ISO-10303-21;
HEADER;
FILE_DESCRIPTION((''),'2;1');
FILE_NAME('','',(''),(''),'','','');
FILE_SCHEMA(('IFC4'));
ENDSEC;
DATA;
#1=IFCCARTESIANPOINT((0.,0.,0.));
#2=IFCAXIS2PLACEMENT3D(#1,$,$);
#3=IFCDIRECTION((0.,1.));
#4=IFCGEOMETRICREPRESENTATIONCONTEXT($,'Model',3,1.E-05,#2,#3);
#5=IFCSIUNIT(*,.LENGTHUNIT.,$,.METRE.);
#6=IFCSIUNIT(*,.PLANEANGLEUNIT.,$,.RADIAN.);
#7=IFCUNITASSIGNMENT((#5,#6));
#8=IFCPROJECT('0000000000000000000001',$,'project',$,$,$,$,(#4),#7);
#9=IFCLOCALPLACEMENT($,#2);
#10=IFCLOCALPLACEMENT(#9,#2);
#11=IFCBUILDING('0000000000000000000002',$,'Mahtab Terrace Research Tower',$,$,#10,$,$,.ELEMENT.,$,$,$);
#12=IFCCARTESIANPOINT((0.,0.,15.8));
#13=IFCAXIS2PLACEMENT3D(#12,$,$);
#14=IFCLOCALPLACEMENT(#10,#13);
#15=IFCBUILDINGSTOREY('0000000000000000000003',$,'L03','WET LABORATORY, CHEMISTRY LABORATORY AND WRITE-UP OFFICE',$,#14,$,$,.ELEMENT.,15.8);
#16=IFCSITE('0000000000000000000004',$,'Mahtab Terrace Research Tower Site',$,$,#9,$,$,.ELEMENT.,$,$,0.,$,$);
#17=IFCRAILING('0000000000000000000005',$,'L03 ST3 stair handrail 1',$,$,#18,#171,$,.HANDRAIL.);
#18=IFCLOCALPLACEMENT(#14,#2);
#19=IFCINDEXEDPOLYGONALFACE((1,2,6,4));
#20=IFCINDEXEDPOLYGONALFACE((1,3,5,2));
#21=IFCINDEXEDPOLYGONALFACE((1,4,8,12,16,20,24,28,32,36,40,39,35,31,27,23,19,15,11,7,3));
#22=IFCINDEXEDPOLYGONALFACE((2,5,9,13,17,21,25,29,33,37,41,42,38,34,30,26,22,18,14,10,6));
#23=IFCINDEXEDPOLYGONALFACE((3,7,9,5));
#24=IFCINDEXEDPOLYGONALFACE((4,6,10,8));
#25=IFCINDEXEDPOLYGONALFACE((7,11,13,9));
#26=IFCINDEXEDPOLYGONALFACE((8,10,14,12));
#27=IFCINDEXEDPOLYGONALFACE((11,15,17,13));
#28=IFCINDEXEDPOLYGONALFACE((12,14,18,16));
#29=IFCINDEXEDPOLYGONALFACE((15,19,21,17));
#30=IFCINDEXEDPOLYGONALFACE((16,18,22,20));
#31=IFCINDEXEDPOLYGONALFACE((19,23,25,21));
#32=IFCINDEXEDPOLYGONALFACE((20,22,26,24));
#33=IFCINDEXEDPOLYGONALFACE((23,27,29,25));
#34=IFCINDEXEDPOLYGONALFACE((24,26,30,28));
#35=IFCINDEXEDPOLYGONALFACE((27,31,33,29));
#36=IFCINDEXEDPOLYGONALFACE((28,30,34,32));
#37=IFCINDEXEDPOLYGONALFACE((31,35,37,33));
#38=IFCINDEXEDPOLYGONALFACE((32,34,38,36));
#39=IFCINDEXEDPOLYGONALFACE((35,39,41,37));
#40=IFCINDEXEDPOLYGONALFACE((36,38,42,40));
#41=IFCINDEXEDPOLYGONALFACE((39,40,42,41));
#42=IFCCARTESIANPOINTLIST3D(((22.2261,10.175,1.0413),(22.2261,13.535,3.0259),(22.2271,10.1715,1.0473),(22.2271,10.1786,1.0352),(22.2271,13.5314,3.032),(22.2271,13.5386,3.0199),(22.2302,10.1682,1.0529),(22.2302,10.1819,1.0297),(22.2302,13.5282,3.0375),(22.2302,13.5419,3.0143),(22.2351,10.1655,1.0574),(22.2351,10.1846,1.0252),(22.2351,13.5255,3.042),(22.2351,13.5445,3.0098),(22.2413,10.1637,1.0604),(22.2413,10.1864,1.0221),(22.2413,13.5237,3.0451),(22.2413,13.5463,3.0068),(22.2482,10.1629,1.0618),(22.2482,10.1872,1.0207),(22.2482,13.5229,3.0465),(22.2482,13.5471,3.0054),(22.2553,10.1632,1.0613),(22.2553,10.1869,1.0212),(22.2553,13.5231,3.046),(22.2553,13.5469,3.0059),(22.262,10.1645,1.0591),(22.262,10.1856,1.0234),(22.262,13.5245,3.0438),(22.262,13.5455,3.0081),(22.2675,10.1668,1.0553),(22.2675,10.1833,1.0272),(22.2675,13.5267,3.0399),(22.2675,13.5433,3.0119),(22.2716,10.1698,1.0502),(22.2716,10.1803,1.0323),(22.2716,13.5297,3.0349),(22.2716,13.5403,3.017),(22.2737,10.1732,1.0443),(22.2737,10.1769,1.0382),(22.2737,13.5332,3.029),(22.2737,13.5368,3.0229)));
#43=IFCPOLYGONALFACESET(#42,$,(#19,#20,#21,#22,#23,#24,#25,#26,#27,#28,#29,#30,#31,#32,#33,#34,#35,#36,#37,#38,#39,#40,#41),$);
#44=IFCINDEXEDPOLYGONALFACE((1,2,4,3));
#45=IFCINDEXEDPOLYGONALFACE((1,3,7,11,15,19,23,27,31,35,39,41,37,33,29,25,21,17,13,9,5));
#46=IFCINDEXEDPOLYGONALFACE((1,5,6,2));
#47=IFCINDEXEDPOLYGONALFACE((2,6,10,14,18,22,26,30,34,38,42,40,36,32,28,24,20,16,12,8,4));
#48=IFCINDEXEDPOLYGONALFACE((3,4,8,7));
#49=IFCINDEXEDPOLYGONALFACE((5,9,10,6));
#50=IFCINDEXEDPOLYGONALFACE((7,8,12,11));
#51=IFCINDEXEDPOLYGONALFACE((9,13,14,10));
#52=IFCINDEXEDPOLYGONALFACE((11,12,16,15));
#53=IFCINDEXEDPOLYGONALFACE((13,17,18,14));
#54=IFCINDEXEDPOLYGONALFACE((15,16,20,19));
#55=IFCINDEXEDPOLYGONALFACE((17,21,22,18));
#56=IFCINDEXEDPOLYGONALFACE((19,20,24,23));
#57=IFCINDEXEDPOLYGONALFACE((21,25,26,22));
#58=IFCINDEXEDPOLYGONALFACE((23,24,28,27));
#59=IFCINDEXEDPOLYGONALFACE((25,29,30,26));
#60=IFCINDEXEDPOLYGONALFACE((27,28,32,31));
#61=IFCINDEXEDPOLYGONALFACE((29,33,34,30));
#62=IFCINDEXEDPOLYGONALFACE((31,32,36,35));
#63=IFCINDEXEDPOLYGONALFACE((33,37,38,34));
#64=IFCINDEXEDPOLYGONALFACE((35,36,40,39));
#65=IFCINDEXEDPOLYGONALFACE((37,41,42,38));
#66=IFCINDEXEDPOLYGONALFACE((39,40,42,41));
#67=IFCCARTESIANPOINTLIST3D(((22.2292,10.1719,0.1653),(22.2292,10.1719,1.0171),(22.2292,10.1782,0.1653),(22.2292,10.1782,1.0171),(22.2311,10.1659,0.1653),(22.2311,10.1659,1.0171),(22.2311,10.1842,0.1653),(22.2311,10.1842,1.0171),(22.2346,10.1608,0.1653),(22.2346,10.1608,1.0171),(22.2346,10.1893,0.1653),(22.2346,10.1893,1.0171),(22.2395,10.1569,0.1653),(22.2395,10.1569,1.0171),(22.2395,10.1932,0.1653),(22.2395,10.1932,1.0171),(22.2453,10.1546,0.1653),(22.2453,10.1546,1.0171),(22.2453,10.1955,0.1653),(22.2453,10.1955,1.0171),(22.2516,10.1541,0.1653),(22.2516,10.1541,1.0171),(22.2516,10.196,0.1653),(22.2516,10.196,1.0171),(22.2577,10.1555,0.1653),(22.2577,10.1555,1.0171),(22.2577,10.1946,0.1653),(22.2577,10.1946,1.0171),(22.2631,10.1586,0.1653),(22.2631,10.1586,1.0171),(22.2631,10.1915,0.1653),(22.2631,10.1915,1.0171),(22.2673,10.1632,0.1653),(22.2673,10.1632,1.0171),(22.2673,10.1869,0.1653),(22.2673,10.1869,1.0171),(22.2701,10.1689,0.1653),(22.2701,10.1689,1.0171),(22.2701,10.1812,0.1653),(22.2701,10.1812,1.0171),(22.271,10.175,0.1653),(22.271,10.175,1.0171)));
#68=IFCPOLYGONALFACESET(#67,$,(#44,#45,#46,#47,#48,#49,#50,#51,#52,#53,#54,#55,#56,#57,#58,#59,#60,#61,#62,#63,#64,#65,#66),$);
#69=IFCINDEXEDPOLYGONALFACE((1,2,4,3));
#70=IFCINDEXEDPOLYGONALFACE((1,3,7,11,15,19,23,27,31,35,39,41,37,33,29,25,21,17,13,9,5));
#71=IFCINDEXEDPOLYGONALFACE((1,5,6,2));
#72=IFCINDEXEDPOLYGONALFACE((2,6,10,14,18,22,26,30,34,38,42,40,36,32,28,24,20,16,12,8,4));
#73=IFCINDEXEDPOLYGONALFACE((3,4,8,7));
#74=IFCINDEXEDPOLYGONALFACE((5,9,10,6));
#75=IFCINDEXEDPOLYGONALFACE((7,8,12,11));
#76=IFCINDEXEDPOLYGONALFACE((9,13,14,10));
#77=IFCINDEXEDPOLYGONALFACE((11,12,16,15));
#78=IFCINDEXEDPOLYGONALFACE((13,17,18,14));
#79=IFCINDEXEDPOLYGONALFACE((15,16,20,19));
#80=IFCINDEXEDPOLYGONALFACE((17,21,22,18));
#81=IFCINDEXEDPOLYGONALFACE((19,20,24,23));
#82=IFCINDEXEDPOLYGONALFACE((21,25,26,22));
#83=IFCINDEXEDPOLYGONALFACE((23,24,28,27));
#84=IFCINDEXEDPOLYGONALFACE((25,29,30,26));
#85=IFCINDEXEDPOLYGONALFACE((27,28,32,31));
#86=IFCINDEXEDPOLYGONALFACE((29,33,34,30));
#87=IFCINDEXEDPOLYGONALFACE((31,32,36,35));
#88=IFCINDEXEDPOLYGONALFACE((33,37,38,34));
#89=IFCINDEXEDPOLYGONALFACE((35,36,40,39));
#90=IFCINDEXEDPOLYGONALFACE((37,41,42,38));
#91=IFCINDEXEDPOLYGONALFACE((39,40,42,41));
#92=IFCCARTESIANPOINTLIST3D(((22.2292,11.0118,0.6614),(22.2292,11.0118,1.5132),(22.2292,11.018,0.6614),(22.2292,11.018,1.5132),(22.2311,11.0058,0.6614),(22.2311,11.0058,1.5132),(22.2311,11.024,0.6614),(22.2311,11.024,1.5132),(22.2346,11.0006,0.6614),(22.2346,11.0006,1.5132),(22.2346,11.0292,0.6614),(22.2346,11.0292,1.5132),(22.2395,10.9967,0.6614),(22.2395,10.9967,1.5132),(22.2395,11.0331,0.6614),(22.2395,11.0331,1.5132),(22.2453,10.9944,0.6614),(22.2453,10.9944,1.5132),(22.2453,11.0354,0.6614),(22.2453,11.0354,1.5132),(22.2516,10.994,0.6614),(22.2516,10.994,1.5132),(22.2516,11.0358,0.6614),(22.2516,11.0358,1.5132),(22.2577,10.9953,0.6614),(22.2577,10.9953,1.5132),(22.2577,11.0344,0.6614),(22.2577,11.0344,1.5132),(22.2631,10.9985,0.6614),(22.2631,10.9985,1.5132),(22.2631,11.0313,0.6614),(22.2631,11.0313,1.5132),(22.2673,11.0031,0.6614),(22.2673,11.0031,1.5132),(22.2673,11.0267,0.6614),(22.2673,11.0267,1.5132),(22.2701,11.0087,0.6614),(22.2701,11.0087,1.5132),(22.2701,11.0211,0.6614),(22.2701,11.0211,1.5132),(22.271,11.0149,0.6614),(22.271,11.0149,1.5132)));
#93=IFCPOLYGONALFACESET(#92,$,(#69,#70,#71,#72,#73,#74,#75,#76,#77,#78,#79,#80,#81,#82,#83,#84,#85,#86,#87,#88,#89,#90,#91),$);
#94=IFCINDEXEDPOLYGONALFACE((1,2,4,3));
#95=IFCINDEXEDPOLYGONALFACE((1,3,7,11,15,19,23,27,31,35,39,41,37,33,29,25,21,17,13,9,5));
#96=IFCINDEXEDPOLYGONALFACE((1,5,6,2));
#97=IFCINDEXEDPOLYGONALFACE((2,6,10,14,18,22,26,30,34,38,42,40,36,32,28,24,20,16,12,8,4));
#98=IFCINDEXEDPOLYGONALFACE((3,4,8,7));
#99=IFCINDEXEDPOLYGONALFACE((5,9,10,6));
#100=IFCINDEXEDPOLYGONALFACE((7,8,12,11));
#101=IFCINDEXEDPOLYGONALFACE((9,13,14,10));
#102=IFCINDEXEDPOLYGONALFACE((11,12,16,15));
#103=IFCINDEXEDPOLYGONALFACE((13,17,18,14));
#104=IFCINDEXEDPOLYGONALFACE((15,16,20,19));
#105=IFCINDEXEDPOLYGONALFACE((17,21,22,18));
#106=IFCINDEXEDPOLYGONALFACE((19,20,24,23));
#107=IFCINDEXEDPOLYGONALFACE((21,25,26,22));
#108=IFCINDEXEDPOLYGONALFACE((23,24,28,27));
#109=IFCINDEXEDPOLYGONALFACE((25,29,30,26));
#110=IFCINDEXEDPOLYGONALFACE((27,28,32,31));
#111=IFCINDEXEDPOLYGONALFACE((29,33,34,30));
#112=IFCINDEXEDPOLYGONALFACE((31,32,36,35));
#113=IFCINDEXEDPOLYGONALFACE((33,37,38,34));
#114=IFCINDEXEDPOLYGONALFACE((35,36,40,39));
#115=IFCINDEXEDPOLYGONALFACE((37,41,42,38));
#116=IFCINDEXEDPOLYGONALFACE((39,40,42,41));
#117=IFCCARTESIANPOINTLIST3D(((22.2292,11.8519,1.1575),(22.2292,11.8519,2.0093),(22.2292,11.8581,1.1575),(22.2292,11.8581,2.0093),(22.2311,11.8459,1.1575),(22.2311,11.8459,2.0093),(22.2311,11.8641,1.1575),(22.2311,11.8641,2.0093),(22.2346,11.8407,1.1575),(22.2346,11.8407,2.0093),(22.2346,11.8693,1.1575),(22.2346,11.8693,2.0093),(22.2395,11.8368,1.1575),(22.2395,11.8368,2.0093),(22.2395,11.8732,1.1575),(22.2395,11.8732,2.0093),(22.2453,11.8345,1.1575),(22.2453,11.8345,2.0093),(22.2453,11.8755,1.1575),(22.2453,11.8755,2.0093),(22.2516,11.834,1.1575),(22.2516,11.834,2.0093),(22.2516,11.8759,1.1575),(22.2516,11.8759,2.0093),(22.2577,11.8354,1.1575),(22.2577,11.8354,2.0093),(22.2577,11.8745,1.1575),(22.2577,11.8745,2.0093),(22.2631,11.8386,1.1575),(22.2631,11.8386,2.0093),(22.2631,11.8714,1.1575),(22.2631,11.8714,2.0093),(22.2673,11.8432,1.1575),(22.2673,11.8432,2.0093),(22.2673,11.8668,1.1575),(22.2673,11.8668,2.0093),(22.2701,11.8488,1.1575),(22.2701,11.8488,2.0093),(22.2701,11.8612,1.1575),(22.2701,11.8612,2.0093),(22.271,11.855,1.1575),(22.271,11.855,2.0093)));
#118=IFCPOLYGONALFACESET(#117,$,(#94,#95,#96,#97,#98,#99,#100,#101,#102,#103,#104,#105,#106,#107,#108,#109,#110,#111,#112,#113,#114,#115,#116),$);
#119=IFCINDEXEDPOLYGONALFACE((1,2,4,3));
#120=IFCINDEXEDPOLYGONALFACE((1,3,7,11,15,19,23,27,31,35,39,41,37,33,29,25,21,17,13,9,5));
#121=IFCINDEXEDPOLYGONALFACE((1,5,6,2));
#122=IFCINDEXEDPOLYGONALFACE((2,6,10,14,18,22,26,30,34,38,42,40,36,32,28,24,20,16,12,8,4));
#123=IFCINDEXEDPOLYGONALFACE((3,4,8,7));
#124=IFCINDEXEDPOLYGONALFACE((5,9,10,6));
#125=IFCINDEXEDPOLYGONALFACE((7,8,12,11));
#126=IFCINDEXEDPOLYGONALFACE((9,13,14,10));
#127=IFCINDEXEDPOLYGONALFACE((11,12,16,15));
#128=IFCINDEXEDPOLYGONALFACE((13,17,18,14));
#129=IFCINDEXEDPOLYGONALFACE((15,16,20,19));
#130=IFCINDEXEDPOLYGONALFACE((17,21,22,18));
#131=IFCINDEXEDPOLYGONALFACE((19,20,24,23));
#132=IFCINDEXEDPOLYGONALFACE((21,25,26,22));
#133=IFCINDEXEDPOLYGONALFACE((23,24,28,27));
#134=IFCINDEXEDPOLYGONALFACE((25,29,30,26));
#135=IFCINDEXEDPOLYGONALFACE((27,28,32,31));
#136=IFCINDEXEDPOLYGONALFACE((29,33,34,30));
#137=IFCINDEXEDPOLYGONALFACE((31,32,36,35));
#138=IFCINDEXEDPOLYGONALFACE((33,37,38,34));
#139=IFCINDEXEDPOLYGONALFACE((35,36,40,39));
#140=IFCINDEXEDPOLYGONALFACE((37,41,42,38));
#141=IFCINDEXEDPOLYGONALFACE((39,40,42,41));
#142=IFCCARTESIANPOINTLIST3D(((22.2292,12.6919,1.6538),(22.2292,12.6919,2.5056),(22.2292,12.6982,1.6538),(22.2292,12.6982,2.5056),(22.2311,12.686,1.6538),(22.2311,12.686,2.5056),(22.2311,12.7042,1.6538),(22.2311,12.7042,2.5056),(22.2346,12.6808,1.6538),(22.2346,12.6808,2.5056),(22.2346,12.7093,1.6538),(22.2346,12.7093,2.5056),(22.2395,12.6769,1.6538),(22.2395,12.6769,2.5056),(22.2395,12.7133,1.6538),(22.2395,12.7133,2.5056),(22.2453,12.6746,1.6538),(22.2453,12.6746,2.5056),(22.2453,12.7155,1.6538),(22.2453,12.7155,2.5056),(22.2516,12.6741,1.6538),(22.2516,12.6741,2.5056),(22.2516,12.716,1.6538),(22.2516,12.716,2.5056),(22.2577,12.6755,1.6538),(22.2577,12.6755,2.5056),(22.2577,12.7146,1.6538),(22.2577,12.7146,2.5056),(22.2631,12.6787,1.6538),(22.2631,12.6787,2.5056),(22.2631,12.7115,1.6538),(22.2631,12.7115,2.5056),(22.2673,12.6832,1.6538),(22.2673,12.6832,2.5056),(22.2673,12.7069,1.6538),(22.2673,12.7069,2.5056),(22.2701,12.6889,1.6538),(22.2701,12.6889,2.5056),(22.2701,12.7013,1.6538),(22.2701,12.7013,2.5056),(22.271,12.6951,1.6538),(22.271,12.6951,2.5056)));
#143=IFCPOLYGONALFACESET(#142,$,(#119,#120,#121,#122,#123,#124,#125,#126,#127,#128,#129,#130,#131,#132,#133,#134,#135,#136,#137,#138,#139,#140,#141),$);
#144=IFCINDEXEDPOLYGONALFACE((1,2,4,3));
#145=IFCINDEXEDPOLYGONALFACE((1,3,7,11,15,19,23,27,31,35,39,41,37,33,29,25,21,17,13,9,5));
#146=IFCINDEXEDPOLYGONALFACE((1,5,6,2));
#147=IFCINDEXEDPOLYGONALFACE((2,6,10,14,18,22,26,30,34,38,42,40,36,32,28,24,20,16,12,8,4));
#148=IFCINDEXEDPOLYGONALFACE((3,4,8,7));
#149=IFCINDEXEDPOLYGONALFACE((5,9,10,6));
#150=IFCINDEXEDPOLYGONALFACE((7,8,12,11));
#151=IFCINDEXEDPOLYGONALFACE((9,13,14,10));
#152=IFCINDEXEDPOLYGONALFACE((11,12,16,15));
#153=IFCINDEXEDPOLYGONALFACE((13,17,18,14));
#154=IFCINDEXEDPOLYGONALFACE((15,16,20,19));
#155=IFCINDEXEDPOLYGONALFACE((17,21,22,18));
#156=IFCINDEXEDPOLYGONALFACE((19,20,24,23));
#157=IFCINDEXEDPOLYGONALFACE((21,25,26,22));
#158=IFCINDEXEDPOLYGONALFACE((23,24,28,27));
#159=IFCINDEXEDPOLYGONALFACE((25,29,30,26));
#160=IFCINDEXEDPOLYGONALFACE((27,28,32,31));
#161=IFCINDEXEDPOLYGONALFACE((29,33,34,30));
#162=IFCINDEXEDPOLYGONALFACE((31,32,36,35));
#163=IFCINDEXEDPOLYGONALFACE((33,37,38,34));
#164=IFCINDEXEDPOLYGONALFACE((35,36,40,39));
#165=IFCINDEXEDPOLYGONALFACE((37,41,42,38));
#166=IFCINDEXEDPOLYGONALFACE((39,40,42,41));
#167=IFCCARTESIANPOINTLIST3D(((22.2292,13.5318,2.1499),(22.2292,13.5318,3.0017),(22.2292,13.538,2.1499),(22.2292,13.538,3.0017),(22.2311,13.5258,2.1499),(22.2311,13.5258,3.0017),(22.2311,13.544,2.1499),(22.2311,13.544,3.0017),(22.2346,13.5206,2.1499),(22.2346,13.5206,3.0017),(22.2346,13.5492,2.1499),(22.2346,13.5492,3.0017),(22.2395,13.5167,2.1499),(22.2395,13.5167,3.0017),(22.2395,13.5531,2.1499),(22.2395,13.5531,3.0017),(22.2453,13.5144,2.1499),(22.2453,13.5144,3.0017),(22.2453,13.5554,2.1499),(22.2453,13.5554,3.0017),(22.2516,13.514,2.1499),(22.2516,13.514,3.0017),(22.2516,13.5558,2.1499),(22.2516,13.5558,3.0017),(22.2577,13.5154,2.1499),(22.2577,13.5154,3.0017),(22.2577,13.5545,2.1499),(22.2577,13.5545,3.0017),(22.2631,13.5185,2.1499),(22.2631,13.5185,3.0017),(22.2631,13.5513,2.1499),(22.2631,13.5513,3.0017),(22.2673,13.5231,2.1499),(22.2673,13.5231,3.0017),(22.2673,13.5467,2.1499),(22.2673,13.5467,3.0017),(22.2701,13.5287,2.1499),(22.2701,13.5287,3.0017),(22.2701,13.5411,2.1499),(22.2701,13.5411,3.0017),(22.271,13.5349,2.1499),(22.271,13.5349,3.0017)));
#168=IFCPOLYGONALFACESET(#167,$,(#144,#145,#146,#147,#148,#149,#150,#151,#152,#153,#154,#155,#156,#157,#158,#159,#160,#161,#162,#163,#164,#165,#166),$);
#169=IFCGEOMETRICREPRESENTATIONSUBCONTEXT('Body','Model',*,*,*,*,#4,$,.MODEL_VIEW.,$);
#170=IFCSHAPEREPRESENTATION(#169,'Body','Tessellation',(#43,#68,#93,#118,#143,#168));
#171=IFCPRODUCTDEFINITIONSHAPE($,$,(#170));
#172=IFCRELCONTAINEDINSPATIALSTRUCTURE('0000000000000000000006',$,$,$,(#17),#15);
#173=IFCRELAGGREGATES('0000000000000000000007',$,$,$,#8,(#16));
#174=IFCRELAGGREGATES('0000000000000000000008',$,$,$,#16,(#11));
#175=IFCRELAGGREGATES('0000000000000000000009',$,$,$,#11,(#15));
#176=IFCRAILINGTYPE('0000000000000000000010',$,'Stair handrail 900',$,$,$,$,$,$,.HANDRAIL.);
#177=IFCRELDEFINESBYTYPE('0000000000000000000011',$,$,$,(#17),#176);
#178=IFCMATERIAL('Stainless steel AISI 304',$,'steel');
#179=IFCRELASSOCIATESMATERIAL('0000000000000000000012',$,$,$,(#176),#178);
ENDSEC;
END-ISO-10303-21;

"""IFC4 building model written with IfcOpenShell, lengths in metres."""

from ifc_helpers import new_model, si_unit, direction, frame, origin, origin_2d, place, context, subcontext, project, spatial, circle, extrude, material, type_object, element, save


model = new_model("IFC4")

# Units and contexts
model_context = context("Model", 3, precision=1e-05, world=origin(), true_north=direction((0.0, 1.0)))
body_context = subcontext(model_context, "Body", "Model", "MODEL_VIEW")
ifc_project = project(units=[si_unit("LENGTHUNIT", "METRE"), si_unit("PLANEANGLEUNIT", "RADIAN")], contexts=[model_context])

# Site, building, storey
site_placement = place(None, origin())
site = spatial("IfcSite", under=ifc_project, at=site_placement, Name="Mahtab Terrace Research Tower Site", CompositionType="ELEMENT", RefElevation=0.0)
building_placement = place(site_placement, origin())
building = spatial("IfcBuilding", under=site, at=building_placement, Name="Mahtab Terrace Research Tower", CompositionType="ELEMENT")
storey_placement = place(building_placement, frame((0.0, 0.0, 15.8)))
storey = spatial("IfcBuildingStorey", under=building, at=storey_placement, Name="L03", Description="WET LABORATORY, CHEMISTRY LABORATORY AND WRITE-UP OFFICE", CompositionType="ELEMENT", Elevation=15.8)

# Shared definitions
ifc_material_1 = material(Name="Stainless steel AISI 304", Category="steel")

# Railing
railing_type_1 = type_object("IfcRailingType", Name="Stair handrail 900", PredefinedType="HANDRAIL", material=ifc_material_1)
railing_1_placement = place(storey_placement, frame((22.25, 10.175, 0.1653)))
element("IfcRailing", 1, at=railing_1_placement, inside=storey, type_object=railing_type_1, Name="L03 ST3 stair handrail 1", PredefinedType="HANDRAIL", context=body_context, shape_type="SweptSolid", body=[
    extrude(circle(Radius=0.0239, at=origin_2d()), frame((0.0, 0.0, 0.876), z_axis=(0.0, 0.861011, 0.508586), x_axis=(-1.0, 0.0, 0.0)), (0.0, 0.0, 1.0), 3.9023),
    extrude(circle(Radius=0.021, at=origin_2d()), origin(), (0.0, 0.0, 1.0), 0.8518),
    extrude(circle(Radius=0.021, at=origin_2d()), frame((0.0, 0.8398, 0.4961)), (0.0, 0.0, 1.0), 0.8518),
    extrude(circle(Radius=0.021, at=origin_2d()), frame((0.0, 1.6799, 0.9922)), (0.0, 0.0, 1.0), 0.8518),
    extrude(circle(Radius=0.021, at=origin_2d()), frame((0.0, 2.52, 1.4885)), (0.0, 0.0, 1.0), 0.8518),
    extrude(circle(Radius=0.021, at=origin_2d()), frame((0.0, 3.3599, 1.9846)), (0.0, 0.0, 1.0), 0.8518),
])

save(model, "model.ifc")
